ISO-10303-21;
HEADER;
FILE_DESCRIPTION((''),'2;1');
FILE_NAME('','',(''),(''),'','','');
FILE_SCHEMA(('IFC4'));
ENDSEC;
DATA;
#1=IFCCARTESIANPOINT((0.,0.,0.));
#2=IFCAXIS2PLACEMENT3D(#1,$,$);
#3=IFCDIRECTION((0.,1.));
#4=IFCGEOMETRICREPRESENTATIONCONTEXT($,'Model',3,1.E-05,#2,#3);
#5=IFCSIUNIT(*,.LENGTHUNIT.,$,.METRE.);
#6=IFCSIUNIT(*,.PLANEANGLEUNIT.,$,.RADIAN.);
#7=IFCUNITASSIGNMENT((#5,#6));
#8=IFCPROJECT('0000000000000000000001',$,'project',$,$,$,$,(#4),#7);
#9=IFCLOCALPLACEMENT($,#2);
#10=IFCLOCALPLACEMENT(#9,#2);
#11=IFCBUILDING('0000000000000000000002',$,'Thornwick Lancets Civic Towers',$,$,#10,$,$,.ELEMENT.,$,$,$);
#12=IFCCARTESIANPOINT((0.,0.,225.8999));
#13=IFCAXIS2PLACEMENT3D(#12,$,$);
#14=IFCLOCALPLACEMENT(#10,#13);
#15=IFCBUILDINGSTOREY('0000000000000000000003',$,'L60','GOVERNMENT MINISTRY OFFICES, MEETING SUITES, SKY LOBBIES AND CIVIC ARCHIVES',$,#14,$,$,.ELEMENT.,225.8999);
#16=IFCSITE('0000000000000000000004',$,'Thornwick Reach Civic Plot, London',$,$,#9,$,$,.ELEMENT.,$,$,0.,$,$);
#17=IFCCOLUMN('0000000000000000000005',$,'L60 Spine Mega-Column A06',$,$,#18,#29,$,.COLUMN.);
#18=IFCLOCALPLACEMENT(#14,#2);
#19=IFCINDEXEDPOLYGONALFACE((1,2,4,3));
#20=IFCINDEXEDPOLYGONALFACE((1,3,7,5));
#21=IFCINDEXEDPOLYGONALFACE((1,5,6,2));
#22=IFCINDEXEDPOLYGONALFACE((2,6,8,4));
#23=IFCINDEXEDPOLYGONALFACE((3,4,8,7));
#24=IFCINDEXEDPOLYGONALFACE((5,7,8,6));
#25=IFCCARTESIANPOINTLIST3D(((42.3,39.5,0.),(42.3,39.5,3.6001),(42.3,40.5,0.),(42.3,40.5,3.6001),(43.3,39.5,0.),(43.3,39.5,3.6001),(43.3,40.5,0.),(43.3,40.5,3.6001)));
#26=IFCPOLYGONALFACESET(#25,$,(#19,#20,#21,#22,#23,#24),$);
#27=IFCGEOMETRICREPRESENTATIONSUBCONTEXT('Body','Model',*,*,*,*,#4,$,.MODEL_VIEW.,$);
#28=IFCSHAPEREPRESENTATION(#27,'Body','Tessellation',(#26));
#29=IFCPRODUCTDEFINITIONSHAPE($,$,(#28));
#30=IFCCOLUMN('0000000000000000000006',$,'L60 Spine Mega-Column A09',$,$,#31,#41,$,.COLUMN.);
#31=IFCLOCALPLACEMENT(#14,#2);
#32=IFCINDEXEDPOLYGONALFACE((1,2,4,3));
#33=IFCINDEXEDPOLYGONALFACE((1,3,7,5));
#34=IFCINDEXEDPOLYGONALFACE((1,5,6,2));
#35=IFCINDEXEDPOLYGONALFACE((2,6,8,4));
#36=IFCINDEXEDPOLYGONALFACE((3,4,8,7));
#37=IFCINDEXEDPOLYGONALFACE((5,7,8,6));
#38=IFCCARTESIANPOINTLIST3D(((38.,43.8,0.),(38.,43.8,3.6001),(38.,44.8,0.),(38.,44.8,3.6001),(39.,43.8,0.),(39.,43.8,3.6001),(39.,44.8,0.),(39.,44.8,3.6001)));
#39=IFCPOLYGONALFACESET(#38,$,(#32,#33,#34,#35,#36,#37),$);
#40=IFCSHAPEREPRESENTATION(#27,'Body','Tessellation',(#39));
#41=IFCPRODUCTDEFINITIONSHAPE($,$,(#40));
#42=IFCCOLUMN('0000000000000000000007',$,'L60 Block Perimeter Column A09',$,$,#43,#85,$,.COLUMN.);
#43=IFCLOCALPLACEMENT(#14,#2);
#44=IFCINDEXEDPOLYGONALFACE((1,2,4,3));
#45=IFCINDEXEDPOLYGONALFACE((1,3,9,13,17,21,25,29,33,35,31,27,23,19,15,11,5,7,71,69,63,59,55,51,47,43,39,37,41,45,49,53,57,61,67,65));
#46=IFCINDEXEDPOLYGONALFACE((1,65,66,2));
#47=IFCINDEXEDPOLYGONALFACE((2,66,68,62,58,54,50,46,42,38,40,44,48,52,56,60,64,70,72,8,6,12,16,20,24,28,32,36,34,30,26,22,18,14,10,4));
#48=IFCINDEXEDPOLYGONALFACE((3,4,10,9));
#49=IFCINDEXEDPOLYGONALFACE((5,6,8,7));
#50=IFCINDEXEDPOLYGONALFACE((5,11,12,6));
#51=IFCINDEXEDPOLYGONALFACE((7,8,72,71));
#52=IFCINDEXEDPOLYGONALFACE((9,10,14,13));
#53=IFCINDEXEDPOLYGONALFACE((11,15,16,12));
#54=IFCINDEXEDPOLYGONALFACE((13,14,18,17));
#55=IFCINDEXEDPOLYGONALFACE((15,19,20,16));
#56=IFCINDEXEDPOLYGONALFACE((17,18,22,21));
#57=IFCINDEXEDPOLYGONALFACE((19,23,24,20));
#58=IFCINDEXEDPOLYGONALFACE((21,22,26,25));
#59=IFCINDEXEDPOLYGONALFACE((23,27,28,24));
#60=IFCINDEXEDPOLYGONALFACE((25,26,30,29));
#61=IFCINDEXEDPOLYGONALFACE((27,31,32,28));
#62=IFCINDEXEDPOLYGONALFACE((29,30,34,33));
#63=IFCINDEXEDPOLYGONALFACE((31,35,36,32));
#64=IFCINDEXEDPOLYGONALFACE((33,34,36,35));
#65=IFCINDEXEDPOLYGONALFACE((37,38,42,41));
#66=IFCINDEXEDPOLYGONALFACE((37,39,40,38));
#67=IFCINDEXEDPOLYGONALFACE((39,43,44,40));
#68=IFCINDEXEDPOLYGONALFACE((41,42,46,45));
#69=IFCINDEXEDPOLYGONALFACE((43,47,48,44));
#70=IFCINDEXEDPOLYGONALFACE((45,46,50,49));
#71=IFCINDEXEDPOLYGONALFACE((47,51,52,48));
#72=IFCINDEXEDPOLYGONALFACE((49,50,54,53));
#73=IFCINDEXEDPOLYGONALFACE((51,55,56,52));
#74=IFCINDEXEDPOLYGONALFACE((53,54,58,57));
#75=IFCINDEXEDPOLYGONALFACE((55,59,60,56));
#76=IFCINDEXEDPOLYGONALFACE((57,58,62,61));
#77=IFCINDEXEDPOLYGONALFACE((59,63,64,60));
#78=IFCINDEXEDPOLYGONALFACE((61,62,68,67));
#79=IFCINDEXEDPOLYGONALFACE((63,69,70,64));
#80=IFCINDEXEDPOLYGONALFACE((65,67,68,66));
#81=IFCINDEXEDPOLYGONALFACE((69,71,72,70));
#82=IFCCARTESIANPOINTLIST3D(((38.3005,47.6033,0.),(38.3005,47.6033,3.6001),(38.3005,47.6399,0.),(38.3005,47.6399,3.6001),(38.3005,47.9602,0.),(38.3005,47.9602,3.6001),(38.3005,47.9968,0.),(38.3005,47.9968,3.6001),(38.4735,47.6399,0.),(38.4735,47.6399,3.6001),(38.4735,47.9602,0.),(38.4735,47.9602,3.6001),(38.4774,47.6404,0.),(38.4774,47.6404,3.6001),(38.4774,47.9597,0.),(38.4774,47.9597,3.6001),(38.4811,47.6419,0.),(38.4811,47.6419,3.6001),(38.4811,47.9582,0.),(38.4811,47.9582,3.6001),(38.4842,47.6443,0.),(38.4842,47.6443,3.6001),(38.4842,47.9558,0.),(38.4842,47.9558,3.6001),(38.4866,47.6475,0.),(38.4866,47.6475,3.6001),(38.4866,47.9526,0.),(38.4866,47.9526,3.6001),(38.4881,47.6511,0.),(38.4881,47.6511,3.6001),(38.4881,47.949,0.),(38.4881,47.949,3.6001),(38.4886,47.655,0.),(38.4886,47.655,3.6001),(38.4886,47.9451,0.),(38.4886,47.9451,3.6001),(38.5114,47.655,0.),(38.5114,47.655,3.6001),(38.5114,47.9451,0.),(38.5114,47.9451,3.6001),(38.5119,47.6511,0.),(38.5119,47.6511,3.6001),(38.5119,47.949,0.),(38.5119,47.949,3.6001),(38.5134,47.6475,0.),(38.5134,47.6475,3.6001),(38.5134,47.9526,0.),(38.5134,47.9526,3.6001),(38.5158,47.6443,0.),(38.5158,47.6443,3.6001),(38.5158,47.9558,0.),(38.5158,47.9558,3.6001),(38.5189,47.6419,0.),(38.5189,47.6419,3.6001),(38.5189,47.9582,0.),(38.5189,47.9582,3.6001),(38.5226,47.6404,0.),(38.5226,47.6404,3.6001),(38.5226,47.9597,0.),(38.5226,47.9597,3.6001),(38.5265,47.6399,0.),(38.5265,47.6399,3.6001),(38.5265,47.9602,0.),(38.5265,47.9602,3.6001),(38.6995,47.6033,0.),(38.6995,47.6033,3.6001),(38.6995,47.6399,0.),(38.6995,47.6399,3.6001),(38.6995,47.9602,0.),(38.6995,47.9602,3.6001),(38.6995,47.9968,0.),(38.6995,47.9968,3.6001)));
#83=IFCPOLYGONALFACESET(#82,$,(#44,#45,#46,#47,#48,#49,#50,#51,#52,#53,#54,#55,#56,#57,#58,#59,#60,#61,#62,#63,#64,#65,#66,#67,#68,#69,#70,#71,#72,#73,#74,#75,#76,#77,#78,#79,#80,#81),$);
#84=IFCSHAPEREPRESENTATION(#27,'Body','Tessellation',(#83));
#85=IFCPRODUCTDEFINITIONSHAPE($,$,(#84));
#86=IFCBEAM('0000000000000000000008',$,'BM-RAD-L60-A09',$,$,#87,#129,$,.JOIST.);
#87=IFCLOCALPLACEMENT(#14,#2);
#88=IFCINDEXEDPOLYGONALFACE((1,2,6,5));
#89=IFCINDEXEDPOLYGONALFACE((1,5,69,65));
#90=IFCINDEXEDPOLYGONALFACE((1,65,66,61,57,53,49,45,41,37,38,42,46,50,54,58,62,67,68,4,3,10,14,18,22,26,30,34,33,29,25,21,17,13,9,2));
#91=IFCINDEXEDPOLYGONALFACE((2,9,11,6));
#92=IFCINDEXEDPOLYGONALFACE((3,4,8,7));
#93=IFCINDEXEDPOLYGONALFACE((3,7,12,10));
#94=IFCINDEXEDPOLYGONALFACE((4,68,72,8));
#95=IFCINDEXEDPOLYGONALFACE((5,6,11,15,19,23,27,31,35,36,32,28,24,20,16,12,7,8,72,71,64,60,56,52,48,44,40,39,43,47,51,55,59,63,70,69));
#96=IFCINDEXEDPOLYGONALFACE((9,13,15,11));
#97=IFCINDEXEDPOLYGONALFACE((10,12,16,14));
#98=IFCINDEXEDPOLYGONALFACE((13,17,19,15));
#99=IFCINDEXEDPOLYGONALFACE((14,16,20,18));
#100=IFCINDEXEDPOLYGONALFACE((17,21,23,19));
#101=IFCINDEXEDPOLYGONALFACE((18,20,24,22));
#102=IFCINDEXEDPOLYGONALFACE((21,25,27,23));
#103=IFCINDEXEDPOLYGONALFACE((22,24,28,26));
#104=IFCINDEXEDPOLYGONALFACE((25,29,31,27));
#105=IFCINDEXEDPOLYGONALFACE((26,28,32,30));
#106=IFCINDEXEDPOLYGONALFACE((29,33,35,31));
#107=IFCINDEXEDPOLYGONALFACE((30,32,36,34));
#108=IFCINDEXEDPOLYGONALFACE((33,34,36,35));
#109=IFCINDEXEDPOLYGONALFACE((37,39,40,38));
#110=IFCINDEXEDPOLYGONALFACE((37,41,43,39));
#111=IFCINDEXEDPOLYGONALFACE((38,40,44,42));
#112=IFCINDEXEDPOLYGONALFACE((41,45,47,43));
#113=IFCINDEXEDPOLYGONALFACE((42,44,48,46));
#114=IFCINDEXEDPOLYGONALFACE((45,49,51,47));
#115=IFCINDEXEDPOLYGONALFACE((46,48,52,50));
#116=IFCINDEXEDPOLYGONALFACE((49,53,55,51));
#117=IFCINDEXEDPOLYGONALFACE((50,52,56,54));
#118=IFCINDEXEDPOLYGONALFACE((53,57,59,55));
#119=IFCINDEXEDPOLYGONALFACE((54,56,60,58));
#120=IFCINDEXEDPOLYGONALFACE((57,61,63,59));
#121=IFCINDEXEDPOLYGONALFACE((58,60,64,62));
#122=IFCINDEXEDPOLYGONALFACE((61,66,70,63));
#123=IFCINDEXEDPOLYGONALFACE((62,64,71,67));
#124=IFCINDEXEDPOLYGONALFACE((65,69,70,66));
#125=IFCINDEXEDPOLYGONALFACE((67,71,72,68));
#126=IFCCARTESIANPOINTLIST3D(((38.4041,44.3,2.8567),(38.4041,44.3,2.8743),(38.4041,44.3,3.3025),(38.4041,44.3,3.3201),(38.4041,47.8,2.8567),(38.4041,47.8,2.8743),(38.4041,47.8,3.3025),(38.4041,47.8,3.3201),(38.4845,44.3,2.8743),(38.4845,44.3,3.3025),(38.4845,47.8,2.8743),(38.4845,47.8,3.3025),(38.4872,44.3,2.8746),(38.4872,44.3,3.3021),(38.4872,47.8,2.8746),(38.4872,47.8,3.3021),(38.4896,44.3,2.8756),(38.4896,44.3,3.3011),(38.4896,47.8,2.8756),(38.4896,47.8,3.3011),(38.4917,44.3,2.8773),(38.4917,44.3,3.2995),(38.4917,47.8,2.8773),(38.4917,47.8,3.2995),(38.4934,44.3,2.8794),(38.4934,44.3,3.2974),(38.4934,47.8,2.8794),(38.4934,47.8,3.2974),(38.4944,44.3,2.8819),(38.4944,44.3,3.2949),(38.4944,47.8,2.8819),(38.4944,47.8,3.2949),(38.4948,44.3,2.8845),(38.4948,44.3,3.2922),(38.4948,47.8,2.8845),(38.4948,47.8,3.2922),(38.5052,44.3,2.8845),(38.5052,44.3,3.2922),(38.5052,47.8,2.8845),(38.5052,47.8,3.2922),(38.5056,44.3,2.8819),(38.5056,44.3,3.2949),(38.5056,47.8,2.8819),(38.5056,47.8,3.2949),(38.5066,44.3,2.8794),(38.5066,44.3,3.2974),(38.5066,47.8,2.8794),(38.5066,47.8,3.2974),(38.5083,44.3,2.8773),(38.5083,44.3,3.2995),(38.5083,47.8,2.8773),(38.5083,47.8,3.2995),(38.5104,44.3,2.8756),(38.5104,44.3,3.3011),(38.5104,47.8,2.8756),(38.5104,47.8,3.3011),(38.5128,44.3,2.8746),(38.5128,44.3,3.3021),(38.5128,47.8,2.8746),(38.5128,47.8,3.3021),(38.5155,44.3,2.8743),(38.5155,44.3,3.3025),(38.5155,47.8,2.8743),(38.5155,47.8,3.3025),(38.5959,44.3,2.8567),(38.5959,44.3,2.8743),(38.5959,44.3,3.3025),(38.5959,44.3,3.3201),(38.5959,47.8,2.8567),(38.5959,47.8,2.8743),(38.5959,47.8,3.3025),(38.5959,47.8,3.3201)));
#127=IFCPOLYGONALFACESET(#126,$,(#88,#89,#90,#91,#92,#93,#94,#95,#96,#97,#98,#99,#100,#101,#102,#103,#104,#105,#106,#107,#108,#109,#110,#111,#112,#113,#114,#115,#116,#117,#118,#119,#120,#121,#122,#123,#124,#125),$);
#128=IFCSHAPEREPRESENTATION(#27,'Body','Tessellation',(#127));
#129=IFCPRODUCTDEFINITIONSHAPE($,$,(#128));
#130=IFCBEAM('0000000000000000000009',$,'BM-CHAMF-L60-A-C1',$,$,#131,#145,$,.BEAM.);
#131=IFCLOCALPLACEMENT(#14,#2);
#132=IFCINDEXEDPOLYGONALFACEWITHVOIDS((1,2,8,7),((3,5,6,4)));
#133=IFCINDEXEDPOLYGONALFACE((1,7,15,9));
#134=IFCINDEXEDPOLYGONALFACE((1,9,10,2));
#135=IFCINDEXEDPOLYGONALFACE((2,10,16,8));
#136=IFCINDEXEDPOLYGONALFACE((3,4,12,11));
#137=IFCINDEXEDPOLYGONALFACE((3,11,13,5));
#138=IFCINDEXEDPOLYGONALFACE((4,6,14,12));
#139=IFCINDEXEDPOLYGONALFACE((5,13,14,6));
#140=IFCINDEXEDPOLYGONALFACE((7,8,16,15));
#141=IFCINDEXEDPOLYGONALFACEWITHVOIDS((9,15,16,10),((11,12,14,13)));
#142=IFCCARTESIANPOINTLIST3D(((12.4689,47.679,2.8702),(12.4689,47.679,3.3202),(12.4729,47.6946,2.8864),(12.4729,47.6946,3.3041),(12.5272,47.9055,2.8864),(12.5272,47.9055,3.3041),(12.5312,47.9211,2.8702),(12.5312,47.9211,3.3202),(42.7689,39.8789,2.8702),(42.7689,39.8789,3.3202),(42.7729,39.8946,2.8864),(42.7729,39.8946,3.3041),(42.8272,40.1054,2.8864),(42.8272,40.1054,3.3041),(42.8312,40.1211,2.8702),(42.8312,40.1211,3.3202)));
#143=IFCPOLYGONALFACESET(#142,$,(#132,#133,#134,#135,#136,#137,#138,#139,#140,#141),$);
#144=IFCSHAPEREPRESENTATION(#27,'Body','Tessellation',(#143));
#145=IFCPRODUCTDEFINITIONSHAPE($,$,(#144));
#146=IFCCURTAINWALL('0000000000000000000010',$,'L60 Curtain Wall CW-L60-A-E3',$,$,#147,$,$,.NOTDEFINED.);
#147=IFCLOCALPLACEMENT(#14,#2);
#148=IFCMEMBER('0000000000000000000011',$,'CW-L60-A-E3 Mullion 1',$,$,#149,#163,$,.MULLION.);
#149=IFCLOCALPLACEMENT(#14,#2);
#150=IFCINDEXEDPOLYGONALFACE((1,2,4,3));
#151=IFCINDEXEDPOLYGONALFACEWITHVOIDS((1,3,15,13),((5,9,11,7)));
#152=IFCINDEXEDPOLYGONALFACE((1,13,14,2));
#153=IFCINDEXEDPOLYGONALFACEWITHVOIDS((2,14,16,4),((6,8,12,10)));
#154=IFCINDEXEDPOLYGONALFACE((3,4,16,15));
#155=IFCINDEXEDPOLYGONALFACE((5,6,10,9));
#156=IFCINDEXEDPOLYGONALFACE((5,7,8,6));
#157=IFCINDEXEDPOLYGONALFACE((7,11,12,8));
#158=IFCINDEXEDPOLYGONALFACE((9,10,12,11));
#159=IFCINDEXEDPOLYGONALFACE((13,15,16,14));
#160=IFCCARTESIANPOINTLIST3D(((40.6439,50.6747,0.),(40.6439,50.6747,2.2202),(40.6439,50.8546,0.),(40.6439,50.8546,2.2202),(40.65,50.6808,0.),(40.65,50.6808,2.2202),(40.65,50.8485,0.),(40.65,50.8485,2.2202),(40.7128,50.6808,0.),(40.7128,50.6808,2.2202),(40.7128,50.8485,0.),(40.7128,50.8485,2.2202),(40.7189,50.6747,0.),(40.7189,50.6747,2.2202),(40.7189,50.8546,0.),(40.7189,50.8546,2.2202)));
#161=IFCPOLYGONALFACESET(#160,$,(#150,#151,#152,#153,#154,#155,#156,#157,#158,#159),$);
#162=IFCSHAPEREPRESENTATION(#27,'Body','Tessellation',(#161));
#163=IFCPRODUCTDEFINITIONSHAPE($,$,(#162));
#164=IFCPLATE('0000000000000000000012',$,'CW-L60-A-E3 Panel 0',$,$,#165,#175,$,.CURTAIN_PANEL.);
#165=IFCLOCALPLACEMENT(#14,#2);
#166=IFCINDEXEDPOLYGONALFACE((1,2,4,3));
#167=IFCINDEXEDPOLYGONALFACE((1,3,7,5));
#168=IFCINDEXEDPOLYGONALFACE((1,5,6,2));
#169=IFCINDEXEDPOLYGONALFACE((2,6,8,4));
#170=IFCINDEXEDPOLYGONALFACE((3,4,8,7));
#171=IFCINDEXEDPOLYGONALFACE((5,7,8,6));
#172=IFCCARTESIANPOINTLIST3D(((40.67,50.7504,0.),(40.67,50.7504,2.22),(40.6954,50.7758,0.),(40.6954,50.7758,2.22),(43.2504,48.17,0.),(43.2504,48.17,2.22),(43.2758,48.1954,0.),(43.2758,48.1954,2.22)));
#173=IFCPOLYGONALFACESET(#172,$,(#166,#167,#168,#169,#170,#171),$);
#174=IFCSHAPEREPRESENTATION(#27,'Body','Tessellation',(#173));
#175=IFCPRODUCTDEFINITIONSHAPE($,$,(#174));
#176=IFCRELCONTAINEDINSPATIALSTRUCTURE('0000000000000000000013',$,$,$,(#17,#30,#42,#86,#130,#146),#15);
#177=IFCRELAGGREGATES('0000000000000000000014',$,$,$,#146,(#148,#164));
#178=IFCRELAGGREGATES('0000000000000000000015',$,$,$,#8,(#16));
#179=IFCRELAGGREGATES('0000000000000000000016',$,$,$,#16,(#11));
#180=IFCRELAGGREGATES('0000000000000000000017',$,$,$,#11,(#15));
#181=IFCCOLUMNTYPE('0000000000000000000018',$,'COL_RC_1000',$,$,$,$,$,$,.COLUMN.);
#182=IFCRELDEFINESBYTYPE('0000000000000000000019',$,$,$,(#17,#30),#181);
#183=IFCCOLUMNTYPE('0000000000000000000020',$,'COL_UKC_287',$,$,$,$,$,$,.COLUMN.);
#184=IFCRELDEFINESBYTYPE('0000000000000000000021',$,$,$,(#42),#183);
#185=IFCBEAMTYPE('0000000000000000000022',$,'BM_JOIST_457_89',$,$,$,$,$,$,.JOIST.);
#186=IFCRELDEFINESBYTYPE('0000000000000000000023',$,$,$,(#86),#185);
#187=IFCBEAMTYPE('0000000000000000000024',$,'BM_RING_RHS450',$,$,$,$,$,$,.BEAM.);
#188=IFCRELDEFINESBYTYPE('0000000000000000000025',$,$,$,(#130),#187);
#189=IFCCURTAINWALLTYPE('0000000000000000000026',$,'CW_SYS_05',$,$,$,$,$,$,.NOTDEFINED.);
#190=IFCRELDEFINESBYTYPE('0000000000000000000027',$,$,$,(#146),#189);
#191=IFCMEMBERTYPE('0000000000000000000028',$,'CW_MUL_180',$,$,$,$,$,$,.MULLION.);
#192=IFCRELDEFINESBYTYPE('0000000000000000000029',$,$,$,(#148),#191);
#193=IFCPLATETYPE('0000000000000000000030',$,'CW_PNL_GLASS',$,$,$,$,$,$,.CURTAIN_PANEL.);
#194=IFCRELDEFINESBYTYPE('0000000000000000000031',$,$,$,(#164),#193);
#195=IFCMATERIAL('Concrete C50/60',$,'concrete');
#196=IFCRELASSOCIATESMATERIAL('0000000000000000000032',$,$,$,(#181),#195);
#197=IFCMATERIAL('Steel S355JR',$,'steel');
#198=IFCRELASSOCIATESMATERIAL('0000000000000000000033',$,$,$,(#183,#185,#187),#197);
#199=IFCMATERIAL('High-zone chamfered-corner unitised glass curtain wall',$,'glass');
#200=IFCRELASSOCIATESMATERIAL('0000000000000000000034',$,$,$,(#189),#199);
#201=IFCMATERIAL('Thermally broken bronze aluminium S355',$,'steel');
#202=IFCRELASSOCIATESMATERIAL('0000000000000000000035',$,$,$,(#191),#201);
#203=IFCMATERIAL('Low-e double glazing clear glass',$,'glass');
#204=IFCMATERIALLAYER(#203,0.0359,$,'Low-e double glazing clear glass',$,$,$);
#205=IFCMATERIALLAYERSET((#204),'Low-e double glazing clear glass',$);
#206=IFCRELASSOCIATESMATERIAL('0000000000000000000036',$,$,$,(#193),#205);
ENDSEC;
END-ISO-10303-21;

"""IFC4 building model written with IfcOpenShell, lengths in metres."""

from ifc_helpers import new_model, si_unit, direction, frame, origin, origin_2d, place, context, subcontext, project, spatial, rectangle, hollow_rectangle, i_section, extrude, material, layer, layer_set, material_profile, profile_set, type_object, element, aggregate, save


model = new_model("IFC4")

# Units and contexts
model_context = context("Model", 3, precision=1e-05, world=origin(), true_north=direction((0.0, 1.0)))
body_context = subcontext(model_context, "Body", "Model", "MODEL_VIEW")
ifc_project = project(units=[si_unit("LENGTHUNIT", "METRE"), si_unit("PLANEANGLEUNIT", "RADIAN")], contexts=[model_context])

# Site, building, storey
site_placement = place(None, origin())
site = spatial("IfcSite", under=ifc_project, at=site_placement, Name="Thornwick Reach Civic Plot, London", CompositionType="ELEMENT", RefElevation=0.0)
building_placement = place(site_placement, origin())
building = spatial("IfcBuilding", under=site, at=building_placement, Name="Thornwick Lancets Civic Towers", CompositionType="ELEMENT")
storey_placement = place(building_placement, frame((0.0, 0.0, 225.8999)))
storey = spatial("IfcBuildingStorey", under=building, at=storey_placement, Name="L60", Description="GOVERNMENT MINISTRY OFFICES, MEETING SUITES, SKY LOBBIES AND CIVIC ARCHIVES", CompositionType="ELEMENT", Elevation=225.8999)

# Columns
ifc_material_1 = material(Name="Concrete C50/60", Category="concrete")
ifc_material_profile_1 = material_profile(ifc_material_1, rectangle(XDim=1.0, YDim=1.0, at=origin_2d()), Name="RC 1000x1000")
ifc_profile_set_1 = profile_set([ifc_material_profile_1], Name="Concrete C50/60")
column_type_1 = type_object("IfcColumnType", Name="COL_RC_1000", PredefinedType="COLUMN", material=ifc_profile_set_1)
for number, where, z_axis, x_axis, name in (
    (1, (42.8, 40.0, 0.0), (0.0, 0.0, 1.0), (1.0, 0.0, 0.0), "L60 Spine Mega-Column A06"),
    (2, (38.5, 44.3, 0.0), (0.0, 0.0, 1.0), (1.0, 0.0, 0.0), "L60 Spine Mega-Column A09"),
):
    element("IfcColumn", number, at=place(storey_placement, frame(where, z_axis=z_axis, x_axis=x_axis)), inside=storey, type_object=column_type_1, Name=name, PredefinedType="COLUMN", context=body_context, shape_type="SweptSolid", body=[
        extrude(rectangle(XDim=1.0, YDim=1.0, at=origin_2d()), origin(), (0.0, 0.0, 1.0), 3.6001),
    ])
ifc_material_2 = material(Name="Steel S355JR", Category="steel")
ifc_material_profile_2 = material_profile(ifc_material_2, i_section(OverallWidth=0.3989, OverallDepth=0.3936, WebThickness=0.0227, FlangeThickness=0.0366, FilletRadius=0.0151, at=origin_2d()), Name="UKC 356x406x287")
ifc_profile_set_2 = profile_set([ifc_material_profile_2], Name="Steel S355JR")
column_type_2 = type_object("IfcColumnType", Name="COL_UKC_287", PredefinedType="COLUMN", material=ifc_profile_set_2)
column_placement = place(storey_placement, frame((38.5, 47.8, 0.0), z_axis=(0.0, 0.0, 1.0), x_axis=(1.0, 0.0, 0.0)))
element("IfcColumn", 3, at=column_placement, inside=storey, type_object=column_type_2, Name="L60 Block Perimeter Column A09", PredefinedType="COLUMN", context=body_context, shape_type="SweptSolid", body=[
    extrude(i_section(OverallWidth=0.3989, OverallDepth=0.3936, WebThickness=0.0227, FlangeThickness=0.0366, FilletRadius=0.0151, at=origin_2d()), origin(), (0.0, 0.0, 1.0), 3.6001),
])

# Beams
ifc_material_profile_3 = material_profile(ifc_material_2, i_section(OverallWidth=0.1919, OverallDepth=0.4634, WebThickness=0.0105, FlangeThickness=0.0176, FilletRadius=0.0103, at=origin_2d()), Name="UKB 457x191x89")
ifc_profile_set_3 = profile_set([ifc_material_profile_3], Name="Steel S355JR")
beam_type_1 = type_object("IfcBeamType", Name="BM_JOIST_457_89", PredefinedType="JOIST", material=ifc_profile_set_3)
beam_1_placement = place(storey_placement, frame((38.5, 44.3, 3.0884), z_axis=(0.0, 1.0, 0.0), x_axis=(-1.0, 0.0, 0.0)))
element("IfcBeam", 4, at=beam_1_placement, inside=storey, type_object=beam_type_1, Name="BM-RAD-L60-A09", PredefinedType="JOIST", context=body_context, shape_type="SweptSolid", body=[
    extrude(i_section(OverallWidth=0.1919, OverallDepth=0.4634, WebThickness=0.0105, FlangeThickness=0.0176, FilletRadius=0.0103, at=origin_2d()), origin(), (0.0, 0.0, 1.0), 3.5),
])
ifc_material_profile_4 = material_profile(ifc_material_2, hollow_rectangle(XDim=0.25, YDim=0.45, WallThickness=0.0161, at=origin_2d()), Name="RHS 450x250x16")
ifc_profile_set_4 = profile_set([ifc_material_profile_4], Name="Steel S355JR")
beam_type_2 = type_object("IfcBeamType", Name="BM_RING_RHS450", PredefinedType="BEAM", material=ifc_profile_set_4)
beam_2_placement = place(storey_placement, frame((42.8, 40.0, 3.0952), z_axis=(-0.968427, 0.249299, 0.0), x_axis=(-0.249299, -0.968427, 0.0)))
element("IfcBeam", 5, at=beam_2_placement, inside=storey, type_object=beam_type_2, Name="BM-CHAMF-L60-A-C1", PredefinedType="BEAM", context=body_context, shape_type="SweptSolid", body=[
    extrude(hollow_rectangle(XDim=0.25, YDim=0.45, WallThickness=0.0161, at=origin_2d()), origin(), (0.0, 0.0, 1.0), 31.2878),
])

# Curtain wall, member, plate
ifc_material_3 = material(Name="High-zone chamfered-corner unitised glass curtain wall", Category="glass")
curtain_wall_type = type_object("IfcCurtainWallType", Name="CW_SYS_05", PredefinedType="NOTDEFINED", material=ifc_material_3)
curtain_wall_placement = place(storey_placement, origin())
curtain_wall = element("IfcCurtainWall", 6, at=curtain_wall_placement, inside=storey, type_object=curtain_wall_type, Name="L60 Curtain Wall CW-L60-A-E3", PredefinedType="NOTDEFINED")
ifc_material_4 = material(Name="Thermally broken bronze aluminium S355", Category="steel")
ifc_material_profile_5 = material_profile(ifc_material_4, hollow_rectangle(XDim=0.075, YDim=0.1799, WallThickness=0.0061, at=origin_2d()), Name="RHS 180x75x6")
ifc_profile_set_5 = profile_set([ifc_material_profile_5], Name="Thermally broken bronze aluminium S355")
member_type = type_object("IfcMemberType", Name="CW_MUL_180", PredefinedType="MULLION", material=ifc_profile_set_5)
member_placement = place(storey_placement, frame((40.6814, 50.7646, 0.0), z_axis=(0.0, 0.0, 1.0), x_axis=(1.0, 0.0, 0.0)))
member = element("IfcMember", 7, at=member_placement, type_object=member_type, Name="CW-L60-A-E3 Mullion 1", PredefinedType="MULLION", context=body_context, shape_type="SweptSolid", body=[
    extrude(hollow_rectangle(XDim=0.075, YDim=0.1799, WallThickness=0.0061, at=origin_2d()), origin(), (0.0, 0.0, 1.0), 2.2202),
])
ifc_material_5 = material(Name="Low-e double glazing clear glass", Category="glass")
ifc_layer_1 = layer(ifc_material_5, 0.0359, Name="Low-e double glazing clear glass")
ifc_layer_set_1 = layer_set([ifc_layer_1], Name="Low-e double glazing clear glass")
plate_type = type_object("IfcPlateType", Name="CW_PNL_GLASS", PredefinedType="CURTAIN_PANEL", material=ifc_layer_set_1)
plate_placement = place(storey_placement, frame((41.9729, 49.4729, 0.0), z_axis=(0.0, 0.0, 1.0), x_axis=(-0.707107, 0.707107, 0.0)))
plate = element("IfcPlate", 8, at=plate_placement, type_object=plate_type, Name="CW-L60-A-E3 Panel 0", PredefinedType="CURTAIN_PANEL", context=body_context, shape_type="SweptSolid", body=[
    extrude(rectangle(XDim=3.6492, YDim=0.0359, at=origin_2d()), origin(), (0.0, 0.0, 1.0), 2.22),
])
aggregate(curtain_wall, [member, plate])

save(model, "model.ifc")
